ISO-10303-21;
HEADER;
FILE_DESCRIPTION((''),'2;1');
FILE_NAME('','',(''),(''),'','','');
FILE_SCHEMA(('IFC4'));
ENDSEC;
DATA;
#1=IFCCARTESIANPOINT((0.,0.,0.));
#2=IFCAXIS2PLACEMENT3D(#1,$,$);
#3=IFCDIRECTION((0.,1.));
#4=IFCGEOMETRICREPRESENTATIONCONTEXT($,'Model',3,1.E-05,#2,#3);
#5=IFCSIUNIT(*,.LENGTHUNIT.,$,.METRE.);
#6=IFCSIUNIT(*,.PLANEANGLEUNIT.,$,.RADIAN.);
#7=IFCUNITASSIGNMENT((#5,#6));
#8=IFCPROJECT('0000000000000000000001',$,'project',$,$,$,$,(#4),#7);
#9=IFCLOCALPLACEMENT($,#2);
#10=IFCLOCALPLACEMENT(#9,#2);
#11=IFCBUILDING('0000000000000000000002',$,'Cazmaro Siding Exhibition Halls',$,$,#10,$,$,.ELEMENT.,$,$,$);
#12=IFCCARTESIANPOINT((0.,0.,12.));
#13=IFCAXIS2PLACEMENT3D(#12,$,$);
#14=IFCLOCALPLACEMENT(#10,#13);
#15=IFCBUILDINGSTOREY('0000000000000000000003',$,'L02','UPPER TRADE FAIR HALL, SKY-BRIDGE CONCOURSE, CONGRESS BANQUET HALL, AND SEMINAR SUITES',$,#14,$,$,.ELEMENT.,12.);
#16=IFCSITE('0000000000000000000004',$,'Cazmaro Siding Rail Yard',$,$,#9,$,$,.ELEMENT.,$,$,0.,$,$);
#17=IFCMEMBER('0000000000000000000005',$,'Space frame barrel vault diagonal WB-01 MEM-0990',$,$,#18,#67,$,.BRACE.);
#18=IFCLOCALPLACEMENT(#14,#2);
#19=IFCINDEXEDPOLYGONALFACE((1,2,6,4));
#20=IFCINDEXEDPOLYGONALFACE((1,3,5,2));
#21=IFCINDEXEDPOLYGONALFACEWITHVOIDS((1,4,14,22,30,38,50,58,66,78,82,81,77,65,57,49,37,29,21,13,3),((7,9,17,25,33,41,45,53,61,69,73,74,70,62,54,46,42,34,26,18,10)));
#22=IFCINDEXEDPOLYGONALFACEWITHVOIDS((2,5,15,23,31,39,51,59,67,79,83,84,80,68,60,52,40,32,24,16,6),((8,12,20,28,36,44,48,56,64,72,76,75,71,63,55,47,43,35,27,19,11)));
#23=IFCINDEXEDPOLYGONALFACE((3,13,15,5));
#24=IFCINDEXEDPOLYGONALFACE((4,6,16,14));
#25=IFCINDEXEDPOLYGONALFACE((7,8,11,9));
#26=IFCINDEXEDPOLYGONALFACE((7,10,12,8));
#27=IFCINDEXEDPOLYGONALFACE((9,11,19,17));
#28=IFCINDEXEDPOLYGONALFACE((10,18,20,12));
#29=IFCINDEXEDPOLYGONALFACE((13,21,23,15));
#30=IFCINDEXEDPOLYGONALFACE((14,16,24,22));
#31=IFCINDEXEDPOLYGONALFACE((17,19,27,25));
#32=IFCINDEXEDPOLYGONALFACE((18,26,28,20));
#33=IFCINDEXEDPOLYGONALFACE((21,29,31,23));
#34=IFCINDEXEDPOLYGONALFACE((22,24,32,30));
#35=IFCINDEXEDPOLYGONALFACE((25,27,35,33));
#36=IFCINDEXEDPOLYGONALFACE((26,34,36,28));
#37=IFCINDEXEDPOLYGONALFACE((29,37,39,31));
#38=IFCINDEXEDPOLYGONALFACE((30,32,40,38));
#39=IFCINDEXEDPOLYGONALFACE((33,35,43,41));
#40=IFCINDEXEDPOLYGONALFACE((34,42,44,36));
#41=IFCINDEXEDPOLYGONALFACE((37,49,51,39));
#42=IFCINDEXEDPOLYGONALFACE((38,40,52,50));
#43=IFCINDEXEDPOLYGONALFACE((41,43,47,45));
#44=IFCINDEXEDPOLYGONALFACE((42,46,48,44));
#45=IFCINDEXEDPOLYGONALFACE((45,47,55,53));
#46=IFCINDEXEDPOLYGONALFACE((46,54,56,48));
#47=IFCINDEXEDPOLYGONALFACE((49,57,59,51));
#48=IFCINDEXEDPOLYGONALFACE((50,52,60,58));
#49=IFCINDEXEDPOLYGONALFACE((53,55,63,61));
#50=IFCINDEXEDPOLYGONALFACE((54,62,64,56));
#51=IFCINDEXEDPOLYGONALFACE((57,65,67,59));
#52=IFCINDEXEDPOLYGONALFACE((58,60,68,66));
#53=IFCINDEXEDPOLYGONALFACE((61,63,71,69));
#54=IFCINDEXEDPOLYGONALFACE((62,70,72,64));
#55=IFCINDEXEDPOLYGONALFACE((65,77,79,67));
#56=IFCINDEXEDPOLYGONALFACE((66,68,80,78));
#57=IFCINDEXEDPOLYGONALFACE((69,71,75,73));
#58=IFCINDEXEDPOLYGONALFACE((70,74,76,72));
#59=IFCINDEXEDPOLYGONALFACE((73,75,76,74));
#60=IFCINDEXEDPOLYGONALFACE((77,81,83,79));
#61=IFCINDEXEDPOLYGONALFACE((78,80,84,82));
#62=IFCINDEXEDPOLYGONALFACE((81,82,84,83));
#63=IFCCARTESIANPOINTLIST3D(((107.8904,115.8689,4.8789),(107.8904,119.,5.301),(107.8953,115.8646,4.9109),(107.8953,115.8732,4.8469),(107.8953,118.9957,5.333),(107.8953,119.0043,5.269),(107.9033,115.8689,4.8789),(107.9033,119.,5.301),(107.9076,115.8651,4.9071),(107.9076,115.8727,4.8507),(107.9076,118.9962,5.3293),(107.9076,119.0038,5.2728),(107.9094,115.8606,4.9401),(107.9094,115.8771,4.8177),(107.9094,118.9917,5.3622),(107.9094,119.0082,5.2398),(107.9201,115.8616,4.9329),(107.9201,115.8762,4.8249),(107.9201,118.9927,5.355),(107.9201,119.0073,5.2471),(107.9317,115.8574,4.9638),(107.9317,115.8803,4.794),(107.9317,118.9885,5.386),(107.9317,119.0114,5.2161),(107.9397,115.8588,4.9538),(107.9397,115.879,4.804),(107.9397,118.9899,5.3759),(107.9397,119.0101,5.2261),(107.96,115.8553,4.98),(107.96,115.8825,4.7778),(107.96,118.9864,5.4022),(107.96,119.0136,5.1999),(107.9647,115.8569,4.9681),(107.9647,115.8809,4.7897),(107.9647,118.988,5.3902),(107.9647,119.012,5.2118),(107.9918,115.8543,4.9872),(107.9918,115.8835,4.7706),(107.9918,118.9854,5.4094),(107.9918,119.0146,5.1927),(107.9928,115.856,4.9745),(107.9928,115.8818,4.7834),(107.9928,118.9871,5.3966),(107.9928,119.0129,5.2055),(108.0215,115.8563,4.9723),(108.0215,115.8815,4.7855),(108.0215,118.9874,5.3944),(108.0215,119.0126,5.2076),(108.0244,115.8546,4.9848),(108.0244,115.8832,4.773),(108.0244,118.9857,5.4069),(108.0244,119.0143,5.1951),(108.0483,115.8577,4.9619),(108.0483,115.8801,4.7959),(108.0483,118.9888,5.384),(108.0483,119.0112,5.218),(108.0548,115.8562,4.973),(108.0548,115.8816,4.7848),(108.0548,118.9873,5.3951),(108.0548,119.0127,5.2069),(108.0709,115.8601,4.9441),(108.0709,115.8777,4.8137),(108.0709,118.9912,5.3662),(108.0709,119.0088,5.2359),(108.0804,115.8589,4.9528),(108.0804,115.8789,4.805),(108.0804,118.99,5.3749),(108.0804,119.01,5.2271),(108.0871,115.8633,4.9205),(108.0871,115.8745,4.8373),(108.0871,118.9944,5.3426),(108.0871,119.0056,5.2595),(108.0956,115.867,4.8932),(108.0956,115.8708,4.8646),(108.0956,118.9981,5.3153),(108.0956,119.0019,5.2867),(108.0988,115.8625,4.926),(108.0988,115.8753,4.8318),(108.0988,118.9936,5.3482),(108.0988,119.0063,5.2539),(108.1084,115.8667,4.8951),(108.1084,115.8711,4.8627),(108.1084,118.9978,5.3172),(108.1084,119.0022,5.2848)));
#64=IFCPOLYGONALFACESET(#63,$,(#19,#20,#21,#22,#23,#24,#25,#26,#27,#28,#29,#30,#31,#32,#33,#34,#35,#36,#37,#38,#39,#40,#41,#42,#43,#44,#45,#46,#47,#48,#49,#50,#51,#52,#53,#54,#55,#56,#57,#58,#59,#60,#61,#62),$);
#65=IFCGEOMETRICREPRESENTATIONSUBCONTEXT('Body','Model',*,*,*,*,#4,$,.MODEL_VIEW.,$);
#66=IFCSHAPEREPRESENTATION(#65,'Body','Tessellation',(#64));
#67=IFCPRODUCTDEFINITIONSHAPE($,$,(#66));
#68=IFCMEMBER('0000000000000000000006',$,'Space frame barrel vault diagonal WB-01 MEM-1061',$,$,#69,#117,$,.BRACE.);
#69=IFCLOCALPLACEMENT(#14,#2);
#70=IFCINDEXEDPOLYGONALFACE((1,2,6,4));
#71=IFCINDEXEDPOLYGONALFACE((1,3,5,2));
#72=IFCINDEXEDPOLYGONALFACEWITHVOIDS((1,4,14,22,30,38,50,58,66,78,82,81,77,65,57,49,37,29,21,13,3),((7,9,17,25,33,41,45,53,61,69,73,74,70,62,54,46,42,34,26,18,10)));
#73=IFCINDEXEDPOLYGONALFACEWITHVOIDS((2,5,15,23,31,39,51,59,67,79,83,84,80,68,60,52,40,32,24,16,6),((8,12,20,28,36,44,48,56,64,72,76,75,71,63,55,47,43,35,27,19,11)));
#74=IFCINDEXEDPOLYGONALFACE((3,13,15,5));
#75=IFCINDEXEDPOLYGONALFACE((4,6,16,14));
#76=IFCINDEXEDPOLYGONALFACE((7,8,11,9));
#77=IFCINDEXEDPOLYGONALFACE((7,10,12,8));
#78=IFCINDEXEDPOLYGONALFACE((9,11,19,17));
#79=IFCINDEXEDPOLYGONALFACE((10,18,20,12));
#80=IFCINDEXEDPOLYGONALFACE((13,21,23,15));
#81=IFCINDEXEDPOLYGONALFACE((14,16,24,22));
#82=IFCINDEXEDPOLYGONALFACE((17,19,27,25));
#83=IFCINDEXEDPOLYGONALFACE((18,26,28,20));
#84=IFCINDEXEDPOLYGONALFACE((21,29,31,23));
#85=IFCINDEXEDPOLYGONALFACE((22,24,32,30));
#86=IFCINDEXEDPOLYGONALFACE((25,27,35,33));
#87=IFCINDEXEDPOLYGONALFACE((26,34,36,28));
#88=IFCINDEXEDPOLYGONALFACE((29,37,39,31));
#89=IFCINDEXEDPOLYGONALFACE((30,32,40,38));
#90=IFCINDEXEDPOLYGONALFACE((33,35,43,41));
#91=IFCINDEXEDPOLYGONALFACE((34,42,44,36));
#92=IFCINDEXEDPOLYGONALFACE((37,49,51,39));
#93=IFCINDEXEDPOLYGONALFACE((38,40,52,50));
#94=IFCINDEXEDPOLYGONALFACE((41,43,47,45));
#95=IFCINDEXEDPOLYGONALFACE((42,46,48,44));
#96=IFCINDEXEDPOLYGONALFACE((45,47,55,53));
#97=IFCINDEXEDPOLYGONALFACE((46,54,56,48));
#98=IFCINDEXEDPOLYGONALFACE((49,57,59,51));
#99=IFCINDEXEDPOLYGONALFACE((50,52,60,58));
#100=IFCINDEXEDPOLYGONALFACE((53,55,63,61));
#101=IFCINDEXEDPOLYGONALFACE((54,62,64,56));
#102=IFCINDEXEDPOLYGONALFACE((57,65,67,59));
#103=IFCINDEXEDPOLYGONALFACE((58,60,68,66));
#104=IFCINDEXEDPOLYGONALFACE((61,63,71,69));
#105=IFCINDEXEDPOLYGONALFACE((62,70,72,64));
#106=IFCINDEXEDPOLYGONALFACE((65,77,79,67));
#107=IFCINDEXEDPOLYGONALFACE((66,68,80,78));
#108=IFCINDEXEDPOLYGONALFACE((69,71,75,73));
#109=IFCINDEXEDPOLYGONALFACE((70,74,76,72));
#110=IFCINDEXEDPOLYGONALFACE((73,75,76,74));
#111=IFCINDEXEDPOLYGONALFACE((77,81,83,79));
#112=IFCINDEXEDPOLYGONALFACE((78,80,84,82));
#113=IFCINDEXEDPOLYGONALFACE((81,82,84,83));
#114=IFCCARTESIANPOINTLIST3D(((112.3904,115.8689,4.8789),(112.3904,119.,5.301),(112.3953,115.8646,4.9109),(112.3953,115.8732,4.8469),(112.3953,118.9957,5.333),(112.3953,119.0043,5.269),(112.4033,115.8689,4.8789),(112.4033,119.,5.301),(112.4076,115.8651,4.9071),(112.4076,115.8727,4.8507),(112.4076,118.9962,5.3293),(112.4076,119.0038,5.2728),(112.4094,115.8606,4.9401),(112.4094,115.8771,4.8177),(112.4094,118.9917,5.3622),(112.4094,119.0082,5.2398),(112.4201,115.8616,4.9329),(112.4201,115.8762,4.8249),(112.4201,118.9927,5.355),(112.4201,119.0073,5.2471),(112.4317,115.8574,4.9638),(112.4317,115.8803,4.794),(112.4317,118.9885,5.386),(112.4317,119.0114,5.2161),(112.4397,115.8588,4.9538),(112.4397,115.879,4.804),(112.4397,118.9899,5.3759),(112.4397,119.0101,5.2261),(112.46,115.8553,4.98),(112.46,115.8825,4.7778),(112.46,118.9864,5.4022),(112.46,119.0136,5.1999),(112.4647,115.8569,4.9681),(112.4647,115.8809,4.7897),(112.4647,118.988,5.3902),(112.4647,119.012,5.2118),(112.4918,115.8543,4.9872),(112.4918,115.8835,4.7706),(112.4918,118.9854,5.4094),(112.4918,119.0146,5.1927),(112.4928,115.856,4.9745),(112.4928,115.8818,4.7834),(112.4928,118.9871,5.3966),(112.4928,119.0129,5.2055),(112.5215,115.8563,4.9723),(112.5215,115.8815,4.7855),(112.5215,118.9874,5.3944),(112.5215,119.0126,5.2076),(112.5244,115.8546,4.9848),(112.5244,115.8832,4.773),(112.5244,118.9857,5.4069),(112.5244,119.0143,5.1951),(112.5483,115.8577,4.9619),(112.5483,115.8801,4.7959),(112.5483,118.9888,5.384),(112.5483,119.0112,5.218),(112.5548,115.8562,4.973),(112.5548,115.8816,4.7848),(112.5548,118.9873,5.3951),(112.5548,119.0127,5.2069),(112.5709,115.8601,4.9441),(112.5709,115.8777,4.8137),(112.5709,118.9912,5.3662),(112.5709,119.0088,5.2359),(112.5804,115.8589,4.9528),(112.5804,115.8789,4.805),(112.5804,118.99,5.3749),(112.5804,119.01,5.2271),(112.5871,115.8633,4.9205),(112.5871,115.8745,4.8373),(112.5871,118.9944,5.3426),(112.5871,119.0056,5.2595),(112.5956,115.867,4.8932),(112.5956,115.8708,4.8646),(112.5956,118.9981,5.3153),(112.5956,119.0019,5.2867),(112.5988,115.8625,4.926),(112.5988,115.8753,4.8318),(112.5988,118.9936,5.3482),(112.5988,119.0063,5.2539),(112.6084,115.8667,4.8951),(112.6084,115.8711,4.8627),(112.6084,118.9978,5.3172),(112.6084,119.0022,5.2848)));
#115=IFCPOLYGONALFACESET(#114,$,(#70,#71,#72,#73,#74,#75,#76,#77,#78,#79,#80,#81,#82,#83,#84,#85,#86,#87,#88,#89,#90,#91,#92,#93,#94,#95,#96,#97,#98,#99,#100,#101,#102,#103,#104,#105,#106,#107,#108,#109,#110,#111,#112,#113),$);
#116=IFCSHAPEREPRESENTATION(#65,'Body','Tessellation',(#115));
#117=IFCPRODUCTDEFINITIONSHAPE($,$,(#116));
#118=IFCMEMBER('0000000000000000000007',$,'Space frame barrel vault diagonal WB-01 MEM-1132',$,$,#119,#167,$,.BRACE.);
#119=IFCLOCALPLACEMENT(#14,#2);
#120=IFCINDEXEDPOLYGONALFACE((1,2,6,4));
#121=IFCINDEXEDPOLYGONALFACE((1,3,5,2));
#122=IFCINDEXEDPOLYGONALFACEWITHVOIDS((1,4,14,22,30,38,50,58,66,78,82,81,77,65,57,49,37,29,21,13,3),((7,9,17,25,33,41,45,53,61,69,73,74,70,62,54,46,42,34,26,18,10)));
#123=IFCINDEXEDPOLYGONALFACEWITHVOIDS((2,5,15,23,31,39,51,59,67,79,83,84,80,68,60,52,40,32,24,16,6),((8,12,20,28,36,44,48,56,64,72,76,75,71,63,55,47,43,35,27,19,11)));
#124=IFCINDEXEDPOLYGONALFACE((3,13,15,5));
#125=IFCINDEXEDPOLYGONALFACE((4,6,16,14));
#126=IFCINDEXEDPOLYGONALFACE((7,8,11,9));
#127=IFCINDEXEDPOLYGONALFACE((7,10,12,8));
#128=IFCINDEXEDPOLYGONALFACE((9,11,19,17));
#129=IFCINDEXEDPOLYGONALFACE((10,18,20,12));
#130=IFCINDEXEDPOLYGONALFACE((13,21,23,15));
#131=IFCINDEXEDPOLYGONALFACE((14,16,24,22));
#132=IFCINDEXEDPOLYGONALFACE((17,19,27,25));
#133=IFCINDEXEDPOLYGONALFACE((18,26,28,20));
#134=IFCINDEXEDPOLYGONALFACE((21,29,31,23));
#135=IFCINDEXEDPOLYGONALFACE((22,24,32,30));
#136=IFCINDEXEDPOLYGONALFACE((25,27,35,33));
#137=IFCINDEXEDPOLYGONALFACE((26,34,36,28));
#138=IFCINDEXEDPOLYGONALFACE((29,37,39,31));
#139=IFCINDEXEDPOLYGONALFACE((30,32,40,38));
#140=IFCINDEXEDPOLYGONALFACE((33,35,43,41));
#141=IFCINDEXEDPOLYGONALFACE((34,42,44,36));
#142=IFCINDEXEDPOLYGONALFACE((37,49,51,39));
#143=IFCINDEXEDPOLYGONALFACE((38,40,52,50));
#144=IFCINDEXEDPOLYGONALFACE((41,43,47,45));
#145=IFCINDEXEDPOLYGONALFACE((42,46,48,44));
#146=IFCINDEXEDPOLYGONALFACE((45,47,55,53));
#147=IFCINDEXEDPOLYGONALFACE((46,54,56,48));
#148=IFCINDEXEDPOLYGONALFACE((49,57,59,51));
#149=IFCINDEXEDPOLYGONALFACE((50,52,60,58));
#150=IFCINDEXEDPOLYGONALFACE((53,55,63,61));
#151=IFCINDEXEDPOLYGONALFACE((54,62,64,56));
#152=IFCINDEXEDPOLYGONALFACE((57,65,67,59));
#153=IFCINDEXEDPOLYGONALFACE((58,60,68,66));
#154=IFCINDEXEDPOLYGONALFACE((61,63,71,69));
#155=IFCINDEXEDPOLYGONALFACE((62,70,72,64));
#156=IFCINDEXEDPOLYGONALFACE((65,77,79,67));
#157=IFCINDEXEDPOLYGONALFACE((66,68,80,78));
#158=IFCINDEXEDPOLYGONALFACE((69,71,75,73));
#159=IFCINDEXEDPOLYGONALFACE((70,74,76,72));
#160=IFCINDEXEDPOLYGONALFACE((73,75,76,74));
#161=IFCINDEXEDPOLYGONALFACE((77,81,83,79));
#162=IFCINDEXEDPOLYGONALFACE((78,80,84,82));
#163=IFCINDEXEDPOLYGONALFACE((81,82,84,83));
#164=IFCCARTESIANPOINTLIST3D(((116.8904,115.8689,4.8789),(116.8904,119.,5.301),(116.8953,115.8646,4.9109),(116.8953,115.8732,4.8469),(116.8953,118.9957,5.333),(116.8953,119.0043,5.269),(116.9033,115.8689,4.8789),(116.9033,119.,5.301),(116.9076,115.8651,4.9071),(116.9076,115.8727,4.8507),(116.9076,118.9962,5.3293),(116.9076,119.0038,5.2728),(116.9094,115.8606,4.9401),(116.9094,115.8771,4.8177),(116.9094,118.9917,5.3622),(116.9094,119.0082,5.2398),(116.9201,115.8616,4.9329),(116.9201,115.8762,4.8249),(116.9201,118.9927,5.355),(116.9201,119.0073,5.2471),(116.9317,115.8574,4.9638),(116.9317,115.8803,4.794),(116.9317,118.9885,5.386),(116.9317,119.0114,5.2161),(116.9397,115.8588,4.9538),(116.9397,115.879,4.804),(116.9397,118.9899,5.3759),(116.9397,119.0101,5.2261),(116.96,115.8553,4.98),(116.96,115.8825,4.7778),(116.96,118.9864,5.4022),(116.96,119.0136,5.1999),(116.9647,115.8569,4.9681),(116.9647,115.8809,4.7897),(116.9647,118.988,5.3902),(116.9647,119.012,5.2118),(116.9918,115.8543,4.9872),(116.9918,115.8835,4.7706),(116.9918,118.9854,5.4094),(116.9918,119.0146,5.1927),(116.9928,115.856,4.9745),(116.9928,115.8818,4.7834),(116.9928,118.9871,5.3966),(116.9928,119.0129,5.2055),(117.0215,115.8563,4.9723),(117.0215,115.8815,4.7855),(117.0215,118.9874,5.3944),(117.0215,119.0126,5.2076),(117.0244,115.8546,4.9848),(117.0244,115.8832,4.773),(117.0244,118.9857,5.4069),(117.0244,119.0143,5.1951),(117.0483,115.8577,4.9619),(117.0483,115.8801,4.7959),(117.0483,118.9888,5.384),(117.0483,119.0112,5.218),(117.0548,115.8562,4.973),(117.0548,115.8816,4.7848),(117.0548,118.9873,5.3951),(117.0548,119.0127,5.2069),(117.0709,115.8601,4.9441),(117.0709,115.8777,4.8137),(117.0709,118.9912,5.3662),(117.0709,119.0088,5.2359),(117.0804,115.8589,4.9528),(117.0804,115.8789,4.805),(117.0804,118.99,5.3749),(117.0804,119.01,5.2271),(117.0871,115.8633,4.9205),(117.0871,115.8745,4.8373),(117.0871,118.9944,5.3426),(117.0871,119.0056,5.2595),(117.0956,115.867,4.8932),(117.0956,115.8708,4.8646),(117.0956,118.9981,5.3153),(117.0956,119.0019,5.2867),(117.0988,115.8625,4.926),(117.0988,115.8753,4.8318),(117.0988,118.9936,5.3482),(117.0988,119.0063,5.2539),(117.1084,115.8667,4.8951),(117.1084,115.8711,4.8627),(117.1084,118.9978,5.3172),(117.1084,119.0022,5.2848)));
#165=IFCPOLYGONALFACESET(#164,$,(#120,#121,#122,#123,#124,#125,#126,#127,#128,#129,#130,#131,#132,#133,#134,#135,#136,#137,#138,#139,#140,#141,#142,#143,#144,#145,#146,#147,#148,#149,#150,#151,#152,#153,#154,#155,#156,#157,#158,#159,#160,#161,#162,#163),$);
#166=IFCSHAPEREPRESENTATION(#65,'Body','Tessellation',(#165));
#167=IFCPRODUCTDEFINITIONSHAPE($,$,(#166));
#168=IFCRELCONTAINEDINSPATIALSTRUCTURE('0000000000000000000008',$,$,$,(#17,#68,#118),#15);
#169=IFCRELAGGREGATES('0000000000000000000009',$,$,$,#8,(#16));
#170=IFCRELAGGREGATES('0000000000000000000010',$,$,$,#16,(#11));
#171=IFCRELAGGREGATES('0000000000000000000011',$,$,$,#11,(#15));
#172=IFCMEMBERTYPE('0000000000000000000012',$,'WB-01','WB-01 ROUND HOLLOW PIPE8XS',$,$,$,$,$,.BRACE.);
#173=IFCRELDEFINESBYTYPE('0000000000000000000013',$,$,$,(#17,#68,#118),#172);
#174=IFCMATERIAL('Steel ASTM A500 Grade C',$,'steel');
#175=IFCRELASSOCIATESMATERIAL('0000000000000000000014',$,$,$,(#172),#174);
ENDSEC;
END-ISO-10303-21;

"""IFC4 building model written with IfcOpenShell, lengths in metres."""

from ifc_helpers import new_model, si_unit, direction, frame, origin, origin_2d, place, context, subcontext, project, spatial, hollow_circle, extrude, material, material_profile, profile_set, type_object, element, save


model = new_model("IFC4")

# Units and contexts
model_context = context("Model", 3, precision=1e-05, world=origin(), true_north=direction((0.0, 1.0)))
body_context = subcontext(model_context, "Body", "Model", "MODEL_VIEW")
ifc_project = project(units=[si_unit("LENGTHUNIT", "METRE"), si_unit("PLANEANGLEUNIT", "RADIAN")], contexts=[model_context])

# Site, building, storey
site_placement = place(None, origin())
site = spatial("IfcSite", under=ifc_project, at=site_placement, Name="Cazmaro Siding Rail Yard", CompositionType="ELEMENT", RefElevation=0.0)
building_placement = place(site_placement, origin())
building = spatial("IfcBuilding", under=site, at=building_placement, Name="Cazmaro Siding Exhibition Halls", CompositionType="ELEMENT")
storey_placement = place(building_placement, frame((0.0, 0.0, 12.0)))
storey = spatial("IfcBuildingStorey", under=building, at=storey_placement, Name="L02", Description="UPPER TRADE FAIR HALL, SKY-BRIDGE CONCOURSE, CONGRESS BANQUET HALL, AND SEMINAR SUITES", CompositionType="ELEMENT", Elevation=12.0)

# Members
ifc_material_1 = material(Name="Steel ASTM A500 Grade C", Category="steel")
ifc_material_profile_1 = material_profile(ifc_material_1, hollow_circle(Radius=0.1096, WallThickness=0.0129, at=origin_2d()), Name="PIPE8XS")
ifc_profile_set_1 = profile_set([ifc_material_profile_1], Name="Steel ASTM A500 Grade C")
member_type_1 = type_object("IfcMemberType", Name="WB-01", Description="WB-01 ROUND HOLLOW PIPE8XS", PredefinedType="BRACE", material=ifc_profile_set_1)
for number, where, z_axis, x_axis, name in (
    (1, (108.0, 115.8689, 4.8789), (0.0, 0.991035, 0.133606), (-1.0, 0.0, 0.0), "Space frame barrel vault diagonal WB-01 MEM-0990"),
    (2, (112.5, 115.8689, 4.8789), (0.0, 0.991035, 0.133606), (-1.0, 0.0, 0.0), "Space frame barrel vault diagonal WB-01 MEM-1061"),
    (3, (117.0, 115.8689, 4.8789), (0.0, 0.991035, 0.133606), (-1.0, 0.0, 0.0), "Space frame barrel vault diagonal WB-01 MEM-1132"),
):
    element("IfcMember", number, at=place(storey_placement, frame(where, z_axis=z_axis, x_axis=x_axis)), inside=storey, type_object=member_type_1, Name=name, PredefinedType="BRACE", context=body_context, shape_type="SweptSolid", body=[
        extrude(hollow_circle(Radius=0.1096, WallThickness=0.0129, at=origin_2d()), origin(), (0.0, 0.0, 1.0), 3.1594),
    ])

save(model, "model.ifc")
